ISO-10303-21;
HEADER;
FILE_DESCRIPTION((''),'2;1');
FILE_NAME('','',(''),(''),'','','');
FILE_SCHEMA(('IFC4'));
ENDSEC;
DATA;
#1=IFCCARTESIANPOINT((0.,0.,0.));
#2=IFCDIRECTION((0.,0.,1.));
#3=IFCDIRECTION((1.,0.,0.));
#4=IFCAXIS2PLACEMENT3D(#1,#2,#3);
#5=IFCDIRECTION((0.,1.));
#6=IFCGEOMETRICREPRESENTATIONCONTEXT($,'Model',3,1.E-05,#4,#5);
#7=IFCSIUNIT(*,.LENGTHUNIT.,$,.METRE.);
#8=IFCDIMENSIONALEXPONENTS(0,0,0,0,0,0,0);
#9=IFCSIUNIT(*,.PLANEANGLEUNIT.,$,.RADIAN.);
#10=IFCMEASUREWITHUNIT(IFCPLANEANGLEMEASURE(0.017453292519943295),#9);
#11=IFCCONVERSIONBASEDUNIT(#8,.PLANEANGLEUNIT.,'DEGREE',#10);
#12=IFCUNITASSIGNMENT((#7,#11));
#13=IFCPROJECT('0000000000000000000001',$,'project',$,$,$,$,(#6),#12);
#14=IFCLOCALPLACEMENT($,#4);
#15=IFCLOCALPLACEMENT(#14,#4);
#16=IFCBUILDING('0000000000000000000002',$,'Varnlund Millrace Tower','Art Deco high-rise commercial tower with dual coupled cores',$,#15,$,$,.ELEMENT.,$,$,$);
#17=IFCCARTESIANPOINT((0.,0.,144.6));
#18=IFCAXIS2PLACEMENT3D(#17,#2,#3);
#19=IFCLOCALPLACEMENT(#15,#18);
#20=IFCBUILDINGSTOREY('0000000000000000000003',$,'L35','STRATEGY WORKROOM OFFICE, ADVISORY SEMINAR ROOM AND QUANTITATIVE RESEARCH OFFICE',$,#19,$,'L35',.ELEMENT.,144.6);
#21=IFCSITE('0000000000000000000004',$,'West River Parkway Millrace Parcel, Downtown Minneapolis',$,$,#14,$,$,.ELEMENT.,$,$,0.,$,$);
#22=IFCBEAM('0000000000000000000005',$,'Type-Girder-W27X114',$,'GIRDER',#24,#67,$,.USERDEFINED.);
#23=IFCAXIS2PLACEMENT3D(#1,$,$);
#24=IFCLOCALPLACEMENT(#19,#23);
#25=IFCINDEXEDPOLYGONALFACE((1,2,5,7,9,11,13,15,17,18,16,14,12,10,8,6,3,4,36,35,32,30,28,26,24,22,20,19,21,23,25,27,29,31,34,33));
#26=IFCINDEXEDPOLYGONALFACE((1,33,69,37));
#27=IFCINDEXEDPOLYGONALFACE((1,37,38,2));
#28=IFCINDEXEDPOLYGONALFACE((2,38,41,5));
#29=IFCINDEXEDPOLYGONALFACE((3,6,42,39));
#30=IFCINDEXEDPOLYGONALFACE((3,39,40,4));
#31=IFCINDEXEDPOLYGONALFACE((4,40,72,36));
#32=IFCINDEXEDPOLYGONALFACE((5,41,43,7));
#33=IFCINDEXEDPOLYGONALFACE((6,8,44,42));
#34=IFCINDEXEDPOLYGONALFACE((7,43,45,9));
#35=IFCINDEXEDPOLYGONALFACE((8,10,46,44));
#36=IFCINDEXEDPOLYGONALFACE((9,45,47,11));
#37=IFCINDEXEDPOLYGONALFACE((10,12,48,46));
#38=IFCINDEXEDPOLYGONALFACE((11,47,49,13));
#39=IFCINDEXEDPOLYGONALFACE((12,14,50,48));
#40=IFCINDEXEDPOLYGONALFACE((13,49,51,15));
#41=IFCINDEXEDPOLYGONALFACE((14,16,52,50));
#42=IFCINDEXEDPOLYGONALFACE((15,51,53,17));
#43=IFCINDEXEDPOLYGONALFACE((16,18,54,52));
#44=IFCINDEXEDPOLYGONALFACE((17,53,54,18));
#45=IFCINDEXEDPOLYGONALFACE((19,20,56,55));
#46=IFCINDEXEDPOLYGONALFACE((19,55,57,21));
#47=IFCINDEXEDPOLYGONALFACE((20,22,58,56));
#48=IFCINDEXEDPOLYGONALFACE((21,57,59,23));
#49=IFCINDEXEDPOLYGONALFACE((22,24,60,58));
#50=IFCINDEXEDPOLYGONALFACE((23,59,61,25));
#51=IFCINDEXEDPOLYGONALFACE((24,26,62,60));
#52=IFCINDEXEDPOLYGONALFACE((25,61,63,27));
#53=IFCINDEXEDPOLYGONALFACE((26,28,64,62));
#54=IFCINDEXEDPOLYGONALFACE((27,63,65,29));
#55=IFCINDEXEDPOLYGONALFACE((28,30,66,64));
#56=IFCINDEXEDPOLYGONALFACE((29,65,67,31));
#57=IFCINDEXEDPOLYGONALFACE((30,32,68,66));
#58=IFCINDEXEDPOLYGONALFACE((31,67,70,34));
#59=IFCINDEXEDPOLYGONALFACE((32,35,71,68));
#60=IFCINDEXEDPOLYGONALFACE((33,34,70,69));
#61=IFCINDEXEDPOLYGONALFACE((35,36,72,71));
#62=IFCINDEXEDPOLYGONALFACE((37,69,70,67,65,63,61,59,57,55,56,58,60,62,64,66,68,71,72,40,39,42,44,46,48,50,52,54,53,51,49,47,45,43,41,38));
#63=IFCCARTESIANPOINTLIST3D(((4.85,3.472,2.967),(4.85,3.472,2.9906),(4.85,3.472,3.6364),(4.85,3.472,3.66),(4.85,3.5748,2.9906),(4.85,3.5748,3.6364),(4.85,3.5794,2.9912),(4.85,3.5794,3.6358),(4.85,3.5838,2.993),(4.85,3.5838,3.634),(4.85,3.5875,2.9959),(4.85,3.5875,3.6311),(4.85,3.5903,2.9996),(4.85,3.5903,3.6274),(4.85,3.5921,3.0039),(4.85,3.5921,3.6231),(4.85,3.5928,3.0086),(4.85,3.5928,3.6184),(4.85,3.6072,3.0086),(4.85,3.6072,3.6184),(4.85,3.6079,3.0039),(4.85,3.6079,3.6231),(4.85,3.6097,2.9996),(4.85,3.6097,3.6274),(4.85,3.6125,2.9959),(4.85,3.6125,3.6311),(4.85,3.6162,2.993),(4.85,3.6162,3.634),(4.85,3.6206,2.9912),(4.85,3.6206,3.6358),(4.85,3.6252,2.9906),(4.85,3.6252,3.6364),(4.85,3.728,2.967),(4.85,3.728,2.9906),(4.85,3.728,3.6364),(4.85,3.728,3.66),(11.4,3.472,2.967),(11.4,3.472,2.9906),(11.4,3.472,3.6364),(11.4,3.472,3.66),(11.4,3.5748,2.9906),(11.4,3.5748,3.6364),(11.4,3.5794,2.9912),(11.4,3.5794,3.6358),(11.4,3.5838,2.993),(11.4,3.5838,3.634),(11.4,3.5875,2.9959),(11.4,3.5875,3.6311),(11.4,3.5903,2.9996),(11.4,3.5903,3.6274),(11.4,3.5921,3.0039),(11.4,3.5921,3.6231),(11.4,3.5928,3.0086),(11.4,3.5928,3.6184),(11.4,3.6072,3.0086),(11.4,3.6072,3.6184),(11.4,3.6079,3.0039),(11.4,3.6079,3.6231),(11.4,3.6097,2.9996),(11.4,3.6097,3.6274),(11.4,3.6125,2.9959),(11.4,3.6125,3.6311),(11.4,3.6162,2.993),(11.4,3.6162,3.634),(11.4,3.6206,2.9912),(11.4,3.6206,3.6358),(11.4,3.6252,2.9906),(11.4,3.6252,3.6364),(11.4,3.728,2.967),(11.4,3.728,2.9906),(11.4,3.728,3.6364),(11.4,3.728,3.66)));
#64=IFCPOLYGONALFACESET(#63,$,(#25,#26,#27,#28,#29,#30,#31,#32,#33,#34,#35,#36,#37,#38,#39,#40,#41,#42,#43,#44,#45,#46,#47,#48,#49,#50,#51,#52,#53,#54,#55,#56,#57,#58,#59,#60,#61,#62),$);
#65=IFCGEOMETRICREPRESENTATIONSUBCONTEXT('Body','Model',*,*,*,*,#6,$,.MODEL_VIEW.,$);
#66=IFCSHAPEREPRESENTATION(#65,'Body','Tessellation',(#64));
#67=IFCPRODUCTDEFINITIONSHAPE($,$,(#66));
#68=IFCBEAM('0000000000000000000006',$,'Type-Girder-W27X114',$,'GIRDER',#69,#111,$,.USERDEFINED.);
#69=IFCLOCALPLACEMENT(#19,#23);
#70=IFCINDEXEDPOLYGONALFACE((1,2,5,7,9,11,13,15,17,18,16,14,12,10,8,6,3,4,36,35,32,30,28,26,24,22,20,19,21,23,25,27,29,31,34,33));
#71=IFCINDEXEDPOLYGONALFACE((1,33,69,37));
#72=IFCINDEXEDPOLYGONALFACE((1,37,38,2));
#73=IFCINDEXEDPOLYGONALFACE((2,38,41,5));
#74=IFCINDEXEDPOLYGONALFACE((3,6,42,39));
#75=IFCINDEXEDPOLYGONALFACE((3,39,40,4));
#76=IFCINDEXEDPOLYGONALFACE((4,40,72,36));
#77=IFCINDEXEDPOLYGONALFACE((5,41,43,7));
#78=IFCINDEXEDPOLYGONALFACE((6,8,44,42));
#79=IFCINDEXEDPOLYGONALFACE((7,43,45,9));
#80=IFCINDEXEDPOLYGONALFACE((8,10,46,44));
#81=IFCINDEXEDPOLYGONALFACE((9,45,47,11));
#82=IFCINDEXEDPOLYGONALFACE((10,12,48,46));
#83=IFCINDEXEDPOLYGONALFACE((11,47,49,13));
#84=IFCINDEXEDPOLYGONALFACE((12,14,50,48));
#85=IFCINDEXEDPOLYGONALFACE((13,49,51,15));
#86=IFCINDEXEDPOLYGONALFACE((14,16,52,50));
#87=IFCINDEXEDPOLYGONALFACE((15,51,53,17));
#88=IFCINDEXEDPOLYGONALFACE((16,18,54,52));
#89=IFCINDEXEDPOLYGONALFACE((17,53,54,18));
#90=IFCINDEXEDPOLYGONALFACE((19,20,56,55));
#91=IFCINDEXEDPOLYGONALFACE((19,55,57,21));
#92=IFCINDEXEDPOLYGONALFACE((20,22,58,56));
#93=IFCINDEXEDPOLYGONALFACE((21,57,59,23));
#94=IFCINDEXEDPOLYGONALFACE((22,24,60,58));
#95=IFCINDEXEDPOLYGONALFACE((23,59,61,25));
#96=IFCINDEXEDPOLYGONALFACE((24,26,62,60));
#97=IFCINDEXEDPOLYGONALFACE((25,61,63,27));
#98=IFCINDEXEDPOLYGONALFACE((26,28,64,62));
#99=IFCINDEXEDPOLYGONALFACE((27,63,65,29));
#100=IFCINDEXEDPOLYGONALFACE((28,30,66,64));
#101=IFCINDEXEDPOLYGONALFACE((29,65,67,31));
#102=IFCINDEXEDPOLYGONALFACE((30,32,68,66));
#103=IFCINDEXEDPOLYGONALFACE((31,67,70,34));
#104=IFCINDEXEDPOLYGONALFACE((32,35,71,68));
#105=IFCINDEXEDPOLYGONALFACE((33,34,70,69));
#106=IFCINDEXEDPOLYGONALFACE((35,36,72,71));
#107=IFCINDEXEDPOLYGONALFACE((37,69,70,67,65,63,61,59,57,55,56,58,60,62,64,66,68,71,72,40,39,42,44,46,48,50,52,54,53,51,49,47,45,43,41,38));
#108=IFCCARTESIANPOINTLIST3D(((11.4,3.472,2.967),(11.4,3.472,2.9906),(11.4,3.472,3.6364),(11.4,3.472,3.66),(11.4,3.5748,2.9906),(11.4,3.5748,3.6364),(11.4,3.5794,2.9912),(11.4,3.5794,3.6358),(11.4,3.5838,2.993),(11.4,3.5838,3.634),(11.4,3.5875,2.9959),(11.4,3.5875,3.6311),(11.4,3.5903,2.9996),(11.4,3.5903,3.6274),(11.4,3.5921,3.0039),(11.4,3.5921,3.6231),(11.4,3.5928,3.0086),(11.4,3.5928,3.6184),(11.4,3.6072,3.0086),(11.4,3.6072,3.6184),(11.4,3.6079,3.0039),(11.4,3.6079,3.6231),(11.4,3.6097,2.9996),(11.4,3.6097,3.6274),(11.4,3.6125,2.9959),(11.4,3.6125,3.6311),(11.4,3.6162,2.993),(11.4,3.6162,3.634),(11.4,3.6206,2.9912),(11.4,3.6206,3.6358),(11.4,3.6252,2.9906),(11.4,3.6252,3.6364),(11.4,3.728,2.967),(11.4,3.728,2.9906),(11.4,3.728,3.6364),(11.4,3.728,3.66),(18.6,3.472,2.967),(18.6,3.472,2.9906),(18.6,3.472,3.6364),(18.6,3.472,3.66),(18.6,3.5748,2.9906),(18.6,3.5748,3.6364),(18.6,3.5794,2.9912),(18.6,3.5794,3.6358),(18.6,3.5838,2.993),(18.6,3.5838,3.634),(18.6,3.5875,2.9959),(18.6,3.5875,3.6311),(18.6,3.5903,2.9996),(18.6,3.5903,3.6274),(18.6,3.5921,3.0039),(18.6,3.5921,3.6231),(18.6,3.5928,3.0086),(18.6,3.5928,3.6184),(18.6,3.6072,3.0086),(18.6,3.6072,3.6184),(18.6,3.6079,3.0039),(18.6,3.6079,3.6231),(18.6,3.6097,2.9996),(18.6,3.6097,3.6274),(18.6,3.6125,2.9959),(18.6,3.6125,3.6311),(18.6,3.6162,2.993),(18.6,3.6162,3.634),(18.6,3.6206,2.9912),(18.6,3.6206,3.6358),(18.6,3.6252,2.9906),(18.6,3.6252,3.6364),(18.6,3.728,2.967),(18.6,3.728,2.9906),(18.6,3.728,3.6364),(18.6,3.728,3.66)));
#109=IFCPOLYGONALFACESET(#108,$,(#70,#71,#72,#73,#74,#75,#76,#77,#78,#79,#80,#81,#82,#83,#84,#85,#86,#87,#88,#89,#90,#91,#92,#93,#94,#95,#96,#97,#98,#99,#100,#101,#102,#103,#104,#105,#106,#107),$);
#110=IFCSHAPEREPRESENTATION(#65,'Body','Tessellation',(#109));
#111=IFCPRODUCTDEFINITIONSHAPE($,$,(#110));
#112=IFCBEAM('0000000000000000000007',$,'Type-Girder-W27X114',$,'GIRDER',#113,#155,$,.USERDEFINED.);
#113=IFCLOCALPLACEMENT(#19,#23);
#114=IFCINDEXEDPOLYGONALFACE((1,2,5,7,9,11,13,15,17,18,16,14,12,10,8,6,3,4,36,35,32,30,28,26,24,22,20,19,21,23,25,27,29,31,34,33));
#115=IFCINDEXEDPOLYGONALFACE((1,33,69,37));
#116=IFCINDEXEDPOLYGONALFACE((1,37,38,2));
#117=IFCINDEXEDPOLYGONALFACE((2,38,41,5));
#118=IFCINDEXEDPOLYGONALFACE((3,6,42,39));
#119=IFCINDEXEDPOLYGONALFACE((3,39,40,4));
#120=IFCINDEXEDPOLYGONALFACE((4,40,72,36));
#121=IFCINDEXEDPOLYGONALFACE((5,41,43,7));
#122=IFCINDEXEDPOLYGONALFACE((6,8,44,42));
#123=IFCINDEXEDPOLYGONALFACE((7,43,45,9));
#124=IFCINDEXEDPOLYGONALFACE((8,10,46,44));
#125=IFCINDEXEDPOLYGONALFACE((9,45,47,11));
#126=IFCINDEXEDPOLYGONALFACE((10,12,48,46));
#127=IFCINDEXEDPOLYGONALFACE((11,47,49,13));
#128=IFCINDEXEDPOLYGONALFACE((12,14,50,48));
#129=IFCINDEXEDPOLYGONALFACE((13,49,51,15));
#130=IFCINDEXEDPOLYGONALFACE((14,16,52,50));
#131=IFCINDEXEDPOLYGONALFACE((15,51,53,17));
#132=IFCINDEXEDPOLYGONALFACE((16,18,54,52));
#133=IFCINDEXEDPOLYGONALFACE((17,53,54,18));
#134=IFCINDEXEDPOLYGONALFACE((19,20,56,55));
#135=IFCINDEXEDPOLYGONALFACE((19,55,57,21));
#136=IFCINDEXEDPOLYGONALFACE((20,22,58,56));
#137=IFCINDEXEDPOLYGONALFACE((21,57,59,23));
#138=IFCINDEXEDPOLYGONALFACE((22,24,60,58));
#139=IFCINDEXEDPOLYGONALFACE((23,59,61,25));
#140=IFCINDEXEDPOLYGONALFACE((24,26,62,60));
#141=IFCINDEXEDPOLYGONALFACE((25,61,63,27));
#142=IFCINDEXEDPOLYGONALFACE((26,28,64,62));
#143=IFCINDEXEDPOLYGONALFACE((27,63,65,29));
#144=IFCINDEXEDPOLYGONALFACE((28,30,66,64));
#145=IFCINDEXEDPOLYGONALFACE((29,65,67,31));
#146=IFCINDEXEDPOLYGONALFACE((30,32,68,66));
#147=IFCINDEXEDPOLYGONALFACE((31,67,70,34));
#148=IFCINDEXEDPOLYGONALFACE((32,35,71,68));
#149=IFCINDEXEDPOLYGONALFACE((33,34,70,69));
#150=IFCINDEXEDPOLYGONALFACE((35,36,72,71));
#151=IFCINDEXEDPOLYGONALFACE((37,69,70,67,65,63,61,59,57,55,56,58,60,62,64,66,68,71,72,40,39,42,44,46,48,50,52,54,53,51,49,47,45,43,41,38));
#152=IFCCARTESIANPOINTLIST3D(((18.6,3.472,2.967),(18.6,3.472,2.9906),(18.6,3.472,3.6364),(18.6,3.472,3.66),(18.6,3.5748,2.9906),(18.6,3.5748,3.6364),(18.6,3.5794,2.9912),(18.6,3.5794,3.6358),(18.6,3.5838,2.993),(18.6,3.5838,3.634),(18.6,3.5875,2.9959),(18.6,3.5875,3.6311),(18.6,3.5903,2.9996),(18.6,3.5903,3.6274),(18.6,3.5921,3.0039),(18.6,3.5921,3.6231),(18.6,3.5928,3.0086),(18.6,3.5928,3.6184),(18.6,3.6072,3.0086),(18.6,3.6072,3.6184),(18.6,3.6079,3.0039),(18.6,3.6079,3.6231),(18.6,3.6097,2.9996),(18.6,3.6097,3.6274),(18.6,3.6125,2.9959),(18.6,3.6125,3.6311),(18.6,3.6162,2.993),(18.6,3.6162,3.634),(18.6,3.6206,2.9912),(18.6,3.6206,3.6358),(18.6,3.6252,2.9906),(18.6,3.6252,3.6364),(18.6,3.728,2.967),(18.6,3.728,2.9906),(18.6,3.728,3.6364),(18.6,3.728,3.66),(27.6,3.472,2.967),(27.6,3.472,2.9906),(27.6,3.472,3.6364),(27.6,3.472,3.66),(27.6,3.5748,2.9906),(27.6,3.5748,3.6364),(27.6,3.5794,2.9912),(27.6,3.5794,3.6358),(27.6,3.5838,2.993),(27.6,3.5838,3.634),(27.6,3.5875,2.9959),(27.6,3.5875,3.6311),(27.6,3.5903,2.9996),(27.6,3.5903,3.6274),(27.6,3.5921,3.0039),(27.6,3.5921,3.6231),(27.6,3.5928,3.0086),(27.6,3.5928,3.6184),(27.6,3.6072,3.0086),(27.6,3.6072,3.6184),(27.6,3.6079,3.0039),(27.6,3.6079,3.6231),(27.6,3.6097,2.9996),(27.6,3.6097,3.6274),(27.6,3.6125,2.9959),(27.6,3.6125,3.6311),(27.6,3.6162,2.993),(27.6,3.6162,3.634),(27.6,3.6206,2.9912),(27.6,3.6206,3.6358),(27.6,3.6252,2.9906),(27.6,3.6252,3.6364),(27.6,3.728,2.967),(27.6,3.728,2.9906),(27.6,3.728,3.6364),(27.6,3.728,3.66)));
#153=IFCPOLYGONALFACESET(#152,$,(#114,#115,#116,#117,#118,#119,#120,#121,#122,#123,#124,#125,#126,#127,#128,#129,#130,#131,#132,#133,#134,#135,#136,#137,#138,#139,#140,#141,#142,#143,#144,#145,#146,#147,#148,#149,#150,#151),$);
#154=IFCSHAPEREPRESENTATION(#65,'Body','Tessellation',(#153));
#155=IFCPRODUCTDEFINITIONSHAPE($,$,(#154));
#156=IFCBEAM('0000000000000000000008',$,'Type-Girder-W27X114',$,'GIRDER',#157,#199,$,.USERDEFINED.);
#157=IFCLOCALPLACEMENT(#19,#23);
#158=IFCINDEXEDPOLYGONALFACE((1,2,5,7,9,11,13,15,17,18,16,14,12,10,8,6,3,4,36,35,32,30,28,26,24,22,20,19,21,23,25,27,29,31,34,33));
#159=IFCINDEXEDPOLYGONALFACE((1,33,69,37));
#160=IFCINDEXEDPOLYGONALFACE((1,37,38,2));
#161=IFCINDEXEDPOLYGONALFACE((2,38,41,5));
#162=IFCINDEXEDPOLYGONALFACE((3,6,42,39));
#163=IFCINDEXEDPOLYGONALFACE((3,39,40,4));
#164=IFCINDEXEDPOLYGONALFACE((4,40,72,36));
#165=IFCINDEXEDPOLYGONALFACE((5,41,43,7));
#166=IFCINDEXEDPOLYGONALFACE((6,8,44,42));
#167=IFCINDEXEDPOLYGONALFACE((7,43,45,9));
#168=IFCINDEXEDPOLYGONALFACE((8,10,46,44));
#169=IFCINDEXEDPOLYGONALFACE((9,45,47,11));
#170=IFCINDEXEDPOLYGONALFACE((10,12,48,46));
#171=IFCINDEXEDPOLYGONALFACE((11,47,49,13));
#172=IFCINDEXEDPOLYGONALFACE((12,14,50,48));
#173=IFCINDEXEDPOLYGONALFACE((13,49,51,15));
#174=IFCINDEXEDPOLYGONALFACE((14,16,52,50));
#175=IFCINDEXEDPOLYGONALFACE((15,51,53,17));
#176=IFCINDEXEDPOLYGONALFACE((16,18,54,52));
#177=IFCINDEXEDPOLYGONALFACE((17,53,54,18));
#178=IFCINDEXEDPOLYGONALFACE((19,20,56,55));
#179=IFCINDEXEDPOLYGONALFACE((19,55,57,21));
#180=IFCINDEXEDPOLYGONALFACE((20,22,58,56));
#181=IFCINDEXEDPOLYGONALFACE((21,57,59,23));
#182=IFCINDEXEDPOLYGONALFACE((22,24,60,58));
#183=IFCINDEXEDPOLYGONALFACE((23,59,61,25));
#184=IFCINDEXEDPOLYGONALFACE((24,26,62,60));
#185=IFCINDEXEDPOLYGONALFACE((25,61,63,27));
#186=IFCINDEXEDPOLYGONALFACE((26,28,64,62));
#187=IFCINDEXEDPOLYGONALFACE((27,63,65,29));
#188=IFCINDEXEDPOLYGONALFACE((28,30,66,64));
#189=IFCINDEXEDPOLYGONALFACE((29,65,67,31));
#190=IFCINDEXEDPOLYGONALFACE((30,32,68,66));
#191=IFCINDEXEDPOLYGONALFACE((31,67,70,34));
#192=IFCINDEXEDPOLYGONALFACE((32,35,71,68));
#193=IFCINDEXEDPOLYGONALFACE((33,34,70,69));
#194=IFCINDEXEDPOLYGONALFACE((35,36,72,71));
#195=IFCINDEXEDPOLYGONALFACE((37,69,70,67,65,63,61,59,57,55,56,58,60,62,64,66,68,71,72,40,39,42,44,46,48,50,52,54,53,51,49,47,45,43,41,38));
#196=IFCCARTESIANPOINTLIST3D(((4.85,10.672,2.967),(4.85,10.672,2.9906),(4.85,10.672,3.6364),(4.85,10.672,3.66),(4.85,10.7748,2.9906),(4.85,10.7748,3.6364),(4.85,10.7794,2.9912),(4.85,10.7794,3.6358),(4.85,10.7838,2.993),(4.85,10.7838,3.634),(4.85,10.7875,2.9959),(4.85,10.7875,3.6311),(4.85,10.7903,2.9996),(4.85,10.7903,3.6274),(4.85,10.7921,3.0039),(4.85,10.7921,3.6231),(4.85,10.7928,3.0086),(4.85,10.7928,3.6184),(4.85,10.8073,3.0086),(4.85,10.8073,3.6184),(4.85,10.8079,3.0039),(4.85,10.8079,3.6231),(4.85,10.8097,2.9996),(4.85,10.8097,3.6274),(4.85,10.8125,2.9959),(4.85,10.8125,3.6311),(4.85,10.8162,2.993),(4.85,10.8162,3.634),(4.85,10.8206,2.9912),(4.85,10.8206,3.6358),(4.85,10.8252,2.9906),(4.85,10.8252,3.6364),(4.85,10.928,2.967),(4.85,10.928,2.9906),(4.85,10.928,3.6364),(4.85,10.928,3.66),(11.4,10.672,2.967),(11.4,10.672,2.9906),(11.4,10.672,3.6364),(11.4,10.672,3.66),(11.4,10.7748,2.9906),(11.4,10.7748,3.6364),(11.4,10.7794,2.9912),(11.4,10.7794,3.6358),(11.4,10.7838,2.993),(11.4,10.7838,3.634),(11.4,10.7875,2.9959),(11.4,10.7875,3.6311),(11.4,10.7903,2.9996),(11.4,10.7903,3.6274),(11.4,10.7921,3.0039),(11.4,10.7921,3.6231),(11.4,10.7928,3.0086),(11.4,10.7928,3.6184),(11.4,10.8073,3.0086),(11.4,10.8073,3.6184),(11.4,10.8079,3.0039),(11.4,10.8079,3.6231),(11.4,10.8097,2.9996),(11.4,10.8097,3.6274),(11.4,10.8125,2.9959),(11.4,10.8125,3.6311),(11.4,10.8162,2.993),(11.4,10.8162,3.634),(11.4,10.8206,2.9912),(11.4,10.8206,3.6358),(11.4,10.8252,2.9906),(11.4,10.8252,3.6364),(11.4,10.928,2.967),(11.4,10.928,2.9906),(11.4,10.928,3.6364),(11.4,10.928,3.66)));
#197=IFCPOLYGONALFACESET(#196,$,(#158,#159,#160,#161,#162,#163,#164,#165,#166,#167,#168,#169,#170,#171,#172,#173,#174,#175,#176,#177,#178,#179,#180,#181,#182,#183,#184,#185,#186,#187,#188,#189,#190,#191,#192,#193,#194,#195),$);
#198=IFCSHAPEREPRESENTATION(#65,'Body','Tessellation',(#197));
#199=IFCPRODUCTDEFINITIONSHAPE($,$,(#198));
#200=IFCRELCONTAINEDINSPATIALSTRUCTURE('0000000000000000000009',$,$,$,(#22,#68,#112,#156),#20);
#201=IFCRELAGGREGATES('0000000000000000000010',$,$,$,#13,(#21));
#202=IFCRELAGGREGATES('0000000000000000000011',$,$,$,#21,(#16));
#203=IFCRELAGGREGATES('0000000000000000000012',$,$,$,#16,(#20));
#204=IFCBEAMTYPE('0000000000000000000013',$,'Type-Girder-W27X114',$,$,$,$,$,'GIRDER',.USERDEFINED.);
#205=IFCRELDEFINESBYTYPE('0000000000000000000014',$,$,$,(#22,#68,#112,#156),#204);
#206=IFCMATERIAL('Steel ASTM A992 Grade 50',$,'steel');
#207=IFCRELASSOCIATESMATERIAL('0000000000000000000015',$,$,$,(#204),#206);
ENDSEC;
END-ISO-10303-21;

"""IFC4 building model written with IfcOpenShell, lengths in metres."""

from ifc_helpers import new_model, entity, si_unit, converted_unit, direction, frame, origin_with_axes, origin_2d_with_axis, place, context, subcontext, project, spatial, i_section, extrude, material, material_profile, profile_set, type_object, element, save


model = new_model("IFC4")

# Units and contexts
model_context = context("Model", 3, precision=1e-05, world=origin_with_axes(), true_north=direction((0.0, 1.0)))
body_context = subcontext(model_context, "Body", "Model", "MODEL_VIEW")
ifc_project = project(units=[si_unit("LENGTHUNIT", "METRE"), converted_unit("PLANEANGLEUNIT", "DEGREE", entity("IfcPlaneAngleMeasure", 0.017453292519943295), si_unit("PLANEANGLEUNIT", "RADIAN"), dimensions=[0, 0, 0, 0, 0, 0, 0])], contexts=[model_context])

# Site, building, storey
site_placement = place(None, origin_with_axes())
site = spatial("IfcSite", under=ifc_project, at=site_placement, Name="West River Parkway Millrace Parcel, Downtown Minneapolis", CompositionType="ELEMENT", RefElevation=0.0)
building_placement = place(site_placement, origin_with_axes())
building = spatial("IfcBuilding", under=site, at=building_placement, Name="Varnlund Millrace Tower", Description="Art Deco high-rise commercial tower with dual coupled cores", CompositionType="ELEMENT")
storey_placement = place(building_placement, frame((0.0, 0.0, 144.6), z_axis=(0.0, 0.0, 1.0), x_axis=(1.0, 0.0, 0.0)))
storey = spatial("IfcBuildingStorey", under=building, at=storey_placement, Name="L35", Description="STRATEGY WORKROOM OFFICE, ADVISORY SEMINAR ROOM AND QUANTITATIVE RESEARCH OFFICE", LongName="L35", CompositionType="ELEMENT", Elevation=144.6)

# Beams
ifc_material_1 = material(Name="Steel ASTM A992 Grade 50", Category="steel")
ifc_material_profile_1 = material_profile(ifc_material_1, i_section(OverallWidth=0.256, OverallDepth=0.693, WebThickness=0.0145, FlangeThickness=0.0236, FilletRadius=0.018, at=origin_2d_with_axis()), Name="Steel ASTM A992 Grade 50")
ifc_profile_set_1 = profile_set([ifc_material_profile_1], Name="Steel ASTM A992 Grade 50")
beam_type_1 = type_object("IfcBeamType", Name="Type-Girder-W27X114", ElementType="GIRDER", PredefinedType="USERDEFINED", material=ifc_profile_set_1)
beam_1_placement = place(storey_placement, frame((4.85, 3.6, 3.3135), z_axis=(1.0, 0.0, 0.0), x_axis=(0.0, 1.0, 0.0)))
element("IfcBeam", 1, at=beam_1_placement, inside=storey, type_object=beam_type_1, Name="Type-Girder-W27X114", ObjectType="GIRDER", PredefinedType="USERDEFINED", context=body_context, shape_type="SweptSolid", body=[
    extrude(i_section(OverallWidth=0.256, OverallDepth=0.693, WebThickness=0.0145, FlangeThickness=0.0236, FilletRadius=0.018, at=origin_2d_with_axis()), origin_with_axes(), (0.0, 0.0, 1.0), 6.55),
])
beam_2_placement = place(storey_placement, frame((11.4, 3.6, 3.3135), z_axis=(1.0, 0.0, 0.0), x_axis=(0.0, 1.0, 0.0)))
element("IfcBeam", 2, at=beam_2_placement, inside=storey, type_object=beam_type_1, Name="Type-Girder-W27X114", ObjectType="GIRDER", PredefinedType="USERDEFINED", context=body_context, shape_type="SweptSolid", body=[
    extrude(i_section(OverallWidth=0.256, OverallDepth=0.693, WebThickness=0.0145, FlangeThickness=0.0236, FilletRadius=0.018, at=origin_2d_with_axis()), origin_with_axes(), (0.0, 0.0, 1.0), 7.2),
])
beam_3_placement = place(storey_placement, frame((18.6, 3.6, 3.3135), z_axis=(1.0, 0.0, 0.0), x_axis=(0.0, 1.0, 0.0)))
element("IfcBeam", 3, at=beam_3_placement, inside=storey, type_object=beam_type_1, Name="Type-Girder-W27X114", ObjectType="GIRDER", PredefinedType="USERDEFINED", context=body_context, shape_type="SweptSolid", body=[
    extrude(i_section(OverallWidth=0.256, OverallDepth=0.693, WebThickness=0.0145, FlangeThickness=0.0236, FilletRadius=0.018, at=origin_2d_with_axis()), origin_with_axes(), (0.0, 0.0, 1.0), 9.0),
])
beam_4_placement = place(storey_placement, frame((4.85, 10.8, 3.3135), z_axis=(1.0, 0.0, 0.0), x_axis=(0.0, 1.0, 0.0)))
element("IfcBeam", 4, at=beam_4_placement, inside=storey, type_object=beam_type_1, Name="Type-Girder-W27X114", ObjectType="GIRDER", PredefinedType="USERDEFINED", context=body_context, shape_type="SweptSolid", body=[
    extrude(i_section(OverallWidth=0.256, OverallDepth=0.693, WebThickness=0.0145, FlangeThickness=0.0236, FilletRadius=0.018, at=origin_2d_with_axis()), origin_with_axes(), (0.0, 0.0, 1.0), 6.55),
])

save(model, "model.ifc")
